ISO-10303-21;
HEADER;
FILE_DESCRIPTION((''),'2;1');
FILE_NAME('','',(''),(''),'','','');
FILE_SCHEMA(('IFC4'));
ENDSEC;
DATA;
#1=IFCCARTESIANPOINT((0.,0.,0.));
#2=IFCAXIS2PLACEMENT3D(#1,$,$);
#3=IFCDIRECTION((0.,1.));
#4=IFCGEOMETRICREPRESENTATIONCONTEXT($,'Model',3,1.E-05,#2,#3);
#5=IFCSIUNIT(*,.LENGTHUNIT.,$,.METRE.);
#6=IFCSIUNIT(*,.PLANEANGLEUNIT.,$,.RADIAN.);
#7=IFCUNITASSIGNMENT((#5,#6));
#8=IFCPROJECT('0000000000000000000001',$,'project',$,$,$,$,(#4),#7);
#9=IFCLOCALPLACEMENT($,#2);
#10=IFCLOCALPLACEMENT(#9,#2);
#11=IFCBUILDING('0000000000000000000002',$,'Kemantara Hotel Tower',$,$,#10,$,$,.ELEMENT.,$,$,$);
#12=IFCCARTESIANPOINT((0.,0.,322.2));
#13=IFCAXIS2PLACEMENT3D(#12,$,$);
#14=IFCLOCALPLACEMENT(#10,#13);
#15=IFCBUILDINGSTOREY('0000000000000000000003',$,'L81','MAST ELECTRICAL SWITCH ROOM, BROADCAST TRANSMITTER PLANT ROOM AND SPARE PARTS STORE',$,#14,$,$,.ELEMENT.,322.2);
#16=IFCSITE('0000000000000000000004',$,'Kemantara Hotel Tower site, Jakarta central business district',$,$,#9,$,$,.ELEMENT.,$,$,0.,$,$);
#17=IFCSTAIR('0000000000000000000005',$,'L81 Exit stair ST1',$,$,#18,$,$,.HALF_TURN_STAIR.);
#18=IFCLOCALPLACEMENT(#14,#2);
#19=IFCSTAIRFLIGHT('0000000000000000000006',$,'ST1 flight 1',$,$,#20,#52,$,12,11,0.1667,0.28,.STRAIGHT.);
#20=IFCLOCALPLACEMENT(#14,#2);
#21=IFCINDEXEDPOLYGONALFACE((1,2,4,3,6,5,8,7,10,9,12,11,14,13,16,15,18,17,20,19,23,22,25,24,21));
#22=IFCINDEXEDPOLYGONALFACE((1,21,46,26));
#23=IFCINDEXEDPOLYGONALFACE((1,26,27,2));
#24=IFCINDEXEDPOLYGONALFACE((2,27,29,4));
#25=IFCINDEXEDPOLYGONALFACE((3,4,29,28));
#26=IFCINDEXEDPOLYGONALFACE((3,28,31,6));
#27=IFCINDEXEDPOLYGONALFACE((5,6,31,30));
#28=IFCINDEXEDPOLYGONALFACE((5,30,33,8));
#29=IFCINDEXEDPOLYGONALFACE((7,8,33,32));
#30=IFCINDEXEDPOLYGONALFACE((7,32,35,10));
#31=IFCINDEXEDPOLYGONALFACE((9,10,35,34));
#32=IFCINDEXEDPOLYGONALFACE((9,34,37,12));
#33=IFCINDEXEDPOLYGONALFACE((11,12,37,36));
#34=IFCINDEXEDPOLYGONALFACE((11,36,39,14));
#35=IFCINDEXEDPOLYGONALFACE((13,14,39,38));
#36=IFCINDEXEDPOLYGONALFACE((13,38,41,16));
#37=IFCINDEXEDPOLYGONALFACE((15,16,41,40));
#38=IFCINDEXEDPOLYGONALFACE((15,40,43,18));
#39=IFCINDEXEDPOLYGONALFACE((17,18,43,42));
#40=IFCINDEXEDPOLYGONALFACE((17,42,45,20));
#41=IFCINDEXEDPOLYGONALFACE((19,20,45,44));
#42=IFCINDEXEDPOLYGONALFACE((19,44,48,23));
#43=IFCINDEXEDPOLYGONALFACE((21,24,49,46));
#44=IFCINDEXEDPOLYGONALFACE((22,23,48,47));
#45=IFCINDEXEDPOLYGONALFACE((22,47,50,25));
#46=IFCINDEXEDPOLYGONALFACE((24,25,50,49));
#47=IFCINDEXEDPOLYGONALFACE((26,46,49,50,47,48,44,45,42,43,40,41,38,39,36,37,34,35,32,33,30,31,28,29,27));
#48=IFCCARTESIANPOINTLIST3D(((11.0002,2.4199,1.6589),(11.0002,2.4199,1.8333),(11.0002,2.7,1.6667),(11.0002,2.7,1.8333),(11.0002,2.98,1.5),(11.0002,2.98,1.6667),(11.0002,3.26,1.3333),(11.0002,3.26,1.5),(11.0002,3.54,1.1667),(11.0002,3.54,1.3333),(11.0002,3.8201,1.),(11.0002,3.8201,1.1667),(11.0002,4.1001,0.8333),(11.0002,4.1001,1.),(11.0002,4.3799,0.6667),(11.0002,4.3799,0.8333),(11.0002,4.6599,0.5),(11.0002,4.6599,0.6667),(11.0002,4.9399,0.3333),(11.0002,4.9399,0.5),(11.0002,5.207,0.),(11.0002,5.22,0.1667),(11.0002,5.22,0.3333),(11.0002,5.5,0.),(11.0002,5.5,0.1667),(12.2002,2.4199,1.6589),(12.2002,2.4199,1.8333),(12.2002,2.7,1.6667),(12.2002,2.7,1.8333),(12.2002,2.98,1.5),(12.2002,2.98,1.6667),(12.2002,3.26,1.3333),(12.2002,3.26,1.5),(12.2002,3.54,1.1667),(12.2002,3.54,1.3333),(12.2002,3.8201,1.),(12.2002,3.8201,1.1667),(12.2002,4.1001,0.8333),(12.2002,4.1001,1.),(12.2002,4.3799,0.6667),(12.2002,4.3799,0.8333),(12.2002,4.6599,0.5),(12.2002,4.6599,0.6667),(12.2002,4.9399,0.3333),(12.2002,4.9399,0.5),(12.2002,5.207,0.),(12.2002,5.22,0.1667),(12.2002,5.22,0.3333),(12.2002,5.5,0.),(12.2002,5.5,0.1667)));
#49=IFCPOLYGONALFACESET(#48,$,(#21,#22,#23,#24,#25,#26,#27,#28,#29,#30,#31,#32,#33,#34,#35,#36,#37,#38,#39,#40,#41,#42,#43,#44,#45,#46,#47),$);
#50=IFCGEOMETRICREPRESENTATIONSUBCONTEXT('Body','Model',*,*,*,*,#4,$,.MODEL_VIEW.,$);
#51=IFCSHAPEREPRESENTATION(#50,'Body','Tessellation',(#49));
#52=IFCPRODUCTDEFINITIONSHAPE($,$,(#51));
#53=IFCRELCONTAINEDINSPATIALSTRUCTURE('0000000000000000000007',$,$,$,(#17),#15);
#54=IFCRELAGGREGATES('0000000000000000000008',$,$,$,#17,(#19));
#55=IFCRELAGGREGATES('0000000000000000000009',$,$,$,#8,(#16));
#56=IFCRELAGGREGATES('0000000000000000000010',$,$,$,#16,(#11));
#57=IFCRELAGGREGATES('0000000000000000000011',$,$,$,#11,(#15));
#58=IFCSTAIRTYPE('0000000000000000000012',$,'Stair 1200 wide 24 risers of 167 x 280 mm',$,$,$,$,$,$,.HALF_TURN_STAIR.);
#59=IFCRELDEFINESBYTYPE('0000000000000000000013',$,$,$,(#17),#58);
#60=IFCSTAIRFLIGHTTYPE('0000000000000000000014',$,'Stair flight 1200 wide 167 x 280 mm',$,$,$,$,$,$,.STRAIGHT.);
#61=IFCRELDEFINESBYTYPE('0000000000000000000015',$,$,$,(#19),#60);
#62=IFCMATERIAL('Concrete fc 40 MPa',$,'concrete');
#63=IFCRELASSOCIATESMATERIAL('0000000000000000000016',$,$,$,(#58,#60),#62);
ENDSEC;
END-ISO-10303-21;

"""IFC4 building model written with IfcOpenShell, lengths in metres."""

from ifc_helpers import new_model, si_unit, direction, frame, origin, place, context, subcontext, project, spatial, polyline, outline, extrude, material, type_object, element, aggregate, save


model = new_model("IFC4")

# Units and contexts
model_context = context("Model", 3, precision=1e-05, world=origin(), true_north=direction((0.0, 1.0)))
body_context = subcontext(model_context, "Body", "Model", "MODEL_VIEW")
ifc_project = project(units=[si_unit("LENGTHUNIT", "METRE"), si_unit("PLANEANGLEUNIT", "RADIAN")], contexts=[model_context])

# Site, building, storey
site_placement = place(None, origin())
site = spatial("IfcSite", under=ifc_project, at=site_placement, Name="Kemantara Hotel Tower site, Jakarta central business district", CompositionType="ELEMENT", RefElevation=0.0)
building_placement = place(site_placement, origin())
building = spatial("IfcBuilding", under=site, at=building_placement, Name="Kemantara Hotel Tower", CompositionType="ELEMENT")
storey_placement = place(building_placement, frame((0.0, 0.0, 322.2)))
storey = spatial("IfcBuildingStorey", under=building, at=storey_placement, Name="L81", Description="MAST ELECTRICAL SWITCH ROOM, BROADCAST TRANSMITTER PLANT ROOM AND SPARE PARTS STORE", CompositionType="ELEMENT", Elevation=322.2)

# Shared definitions
ifc_material_1 = material(Name="Concrete fc 40 MPa", Category="concrete")

# Stair
stair_type_1 = type_object("IfcStairType", Name="Stair 1200 wide 24 risers of 167 x 280 mm", PredefinedType="HALF_TURN_STAIR", material=ifc_material_1)
stair_1_placement = place(storey_placement, origin())
stair_1 = element("IfcStair", 1, at=stair_1_placement, inside=storey, type_object=stair_type_1, Name="L81 Exit stair ST1", PredefinedType="HALF_TURN_STAIR")

# Stair flight
stair_flight_type = type_object("IfcStairFlightType", Name="Stair flight 1200 wide 167 x 280 mm", PredefinedType="STRAIGHT", material=ifc_material_1)
stair_flight_placement = place(storey_placement, frame((11.6001, 5.5, 0.0), z_axis=(0.0, 0.0, 1.0), x_axis=(0.0, -1.0, 0.0)))
stair_flight = element("IfcStairFlight", 2, at=stair_flight_placement, type_object=stair_flight_type, Name="ST1 flight 1", NumberOfRisers=12, NumberOfTreads=11, PredefinedType="STRAIGHT", RiserHeight=0.1667, TreadLength=0.28, context=body_context, shape_type="SweptSolid", body=[
    extrude(outline(polyline([(0.0, 0.0), (0.0, 0.1667), (0.28, 0.1667), (0.28, 0.3333), (0.5601, 0.3333), (0.5601, 0.5), (0.8401, 0.5), (0.8401, 0.6667), (1.1201, 0.6667), (1.1201, 0.8333), (1.3999, 0.8333), (1.3999, 1.0), (1.6799, 1.0), (1.6799, 1.1667), (1.96, 1.1667), (1.96, 1.3333), (2.24, 1.3333), (2.24, 1.5), (2.52, 1.5), (2.52, 1.6667), (2.8, 1.6667), (2.8, 1.8333), (3.0801, 1.8333), (3.0801, 2.0), (3.0801, 1.6589), (0.293, 0.0), (0.0, 0.0)])), frame((0.0, 0.6001, 0.0), z_axis=(0.0, -1.0, 0.0), x_axis=(1.0, 0.0, 0.0)), (0.0, 0.0, 1.0), 1.2),
])
aggregate(stair_1, [stair_flight])

save(model, "model.ifc")
